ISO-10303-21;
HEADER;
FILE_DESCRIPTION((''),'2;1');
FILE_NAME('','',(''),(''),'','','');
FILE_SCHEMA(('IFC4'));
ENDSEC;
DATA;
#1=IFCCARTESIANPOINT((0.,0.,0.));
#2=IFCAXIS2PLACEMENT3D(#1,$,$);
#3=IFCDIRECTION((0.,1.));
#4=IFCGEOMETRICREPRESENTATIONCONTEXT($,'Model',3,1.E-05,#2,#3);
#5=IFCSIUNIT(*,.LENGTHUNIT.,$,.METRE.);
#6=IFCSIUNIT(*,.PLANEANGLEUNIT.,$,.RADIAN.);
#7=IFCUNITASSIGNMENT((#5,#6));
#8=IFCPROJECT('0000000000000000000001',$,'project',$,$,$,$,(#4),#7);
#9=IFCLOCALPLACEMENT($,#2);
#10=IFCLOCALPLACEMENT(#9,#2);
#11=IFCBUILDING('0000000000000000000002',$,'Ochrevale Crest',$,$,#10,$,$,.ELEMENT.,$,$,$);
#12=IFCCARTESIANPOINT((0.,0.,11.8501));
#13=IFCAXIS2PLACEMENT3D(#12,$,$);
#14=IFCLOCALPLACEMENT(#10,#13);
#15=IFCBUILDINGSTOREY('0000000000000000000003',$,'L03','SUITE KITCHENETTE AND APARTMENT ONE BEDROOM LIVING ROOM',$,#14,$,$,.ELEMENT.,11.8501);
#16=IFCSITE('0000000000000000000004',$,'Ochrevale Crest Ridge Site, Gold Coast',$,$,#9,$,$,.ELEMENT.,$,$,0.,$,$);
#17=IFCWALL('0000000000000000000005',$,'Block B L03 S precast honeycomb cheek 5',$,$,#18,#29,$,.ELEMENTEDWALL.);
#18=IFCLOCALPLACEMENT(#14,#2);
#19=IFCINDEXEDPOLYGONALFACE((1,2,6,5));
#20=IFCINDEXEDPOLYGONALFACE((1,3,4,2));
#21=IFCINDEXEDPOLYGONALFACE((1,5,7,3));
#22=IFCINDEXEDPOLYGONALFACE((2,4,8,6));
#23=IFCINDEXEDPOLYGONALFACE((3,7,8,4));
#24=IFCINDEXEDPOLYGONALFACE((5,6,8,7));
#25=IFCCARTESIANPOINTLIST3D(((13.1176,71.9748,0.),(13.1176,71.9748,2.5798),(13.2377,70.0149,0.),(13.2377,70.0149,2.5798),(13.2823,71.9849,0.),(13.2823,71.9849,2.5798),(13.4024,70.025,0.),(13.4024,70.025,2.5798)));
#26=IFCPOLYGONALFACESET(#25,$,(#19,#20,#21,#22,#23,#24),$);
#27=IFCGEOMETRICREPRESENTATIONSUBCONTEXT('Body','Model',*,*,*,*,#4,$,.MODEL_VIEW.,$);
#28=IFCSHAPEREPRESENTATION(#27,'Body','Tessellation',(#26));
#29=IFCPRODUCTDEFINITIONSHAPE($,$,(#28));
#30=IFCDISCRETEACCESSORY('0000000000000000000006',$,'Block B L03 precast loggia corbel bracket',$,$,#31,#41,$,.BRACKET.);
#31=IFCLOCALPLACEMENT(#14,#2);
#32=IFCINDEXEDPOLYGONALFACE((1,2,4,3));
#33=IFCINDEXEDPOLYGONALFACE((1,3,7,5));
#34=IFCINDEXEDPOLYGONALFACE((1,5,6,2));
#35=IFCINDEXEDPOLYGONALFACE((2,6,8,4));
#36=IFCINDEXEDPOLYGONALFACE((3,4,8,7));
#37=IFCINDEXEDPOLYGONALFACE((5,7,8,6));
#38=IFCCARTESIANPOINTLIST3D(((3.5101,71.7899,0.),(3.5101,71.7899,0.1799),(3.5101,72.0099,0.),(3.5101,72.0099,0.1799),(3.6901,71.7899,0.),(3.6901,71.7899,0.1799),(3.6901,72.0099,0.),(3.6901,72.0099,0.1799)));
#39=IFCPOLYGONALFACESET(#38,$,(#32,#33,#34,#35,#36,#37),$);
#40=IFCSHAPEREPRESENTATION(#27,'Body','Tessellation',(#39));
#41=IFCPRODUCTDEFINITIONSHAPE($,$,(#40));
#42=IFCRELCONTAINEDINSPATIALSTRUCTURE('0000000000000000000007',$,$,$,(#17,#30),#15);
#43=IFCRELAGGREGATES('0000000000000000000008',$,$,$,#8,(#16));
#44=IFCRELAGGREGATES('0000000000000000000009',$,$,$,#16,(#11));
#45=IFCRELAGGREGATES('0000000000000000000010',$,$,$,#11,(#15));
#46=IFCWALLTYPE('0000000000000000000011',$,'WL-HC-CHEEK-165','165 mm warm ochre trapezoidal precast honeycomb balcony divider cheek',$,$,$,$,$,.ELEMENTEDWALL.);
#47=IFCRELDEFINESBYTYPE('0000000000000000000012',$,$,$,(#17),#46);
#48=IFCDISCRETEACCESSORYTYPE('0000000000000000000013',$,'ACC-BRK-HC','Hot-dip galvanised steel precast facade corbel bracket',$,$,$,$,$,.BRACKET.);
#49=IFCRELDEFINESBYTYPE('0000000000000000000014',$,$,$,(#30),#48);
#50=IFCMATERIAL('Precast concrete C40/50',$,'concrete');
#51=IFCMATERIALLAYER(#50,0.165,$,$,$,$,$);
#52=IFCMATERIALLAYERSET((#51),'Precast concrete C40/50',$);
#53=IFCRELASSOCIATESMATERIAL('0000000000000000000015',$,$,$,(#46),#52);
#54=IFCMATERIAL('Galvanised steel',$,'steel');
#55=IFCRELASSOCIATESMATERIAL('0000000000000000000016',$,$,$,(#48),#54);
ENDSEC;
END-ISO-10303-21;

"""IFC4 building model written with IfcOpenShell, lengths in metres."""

from ifc_helpers import new_model, si_unit, direction, frame, frame_2d, origin, origin_2d, place, context, subcontext, project, spatial, rectangle, extrude, material, layer, layer_set, type_object, element, save


model = new_model("IFC4")

# Units and contexts
model_context = context("Model", 3, precision=1e-05, world=origin(), true_north=direction((0.0, 1.0)))
body_context = subcontext(model_context, "Body", "Model", "MODEL_VIEW")
ifc_project = project(units=[si_unit("LENGTHUNIT", "METRE"), si_unit("PLANEANGLEUNIT", "RADIAN")], contexts=[model_context])

# Site, building, storey
site_placement = place(None, origin())
site = spatial("IfcSite", under=ifc_project, at=site_placement, Name="Ochrevale Crest Ridge Site, Gold Coast", CompositionType="ELEMENT", RefElevation=0.0)
building_placement = place(site_placement, origin())
building = spatial("IfcBuilding", under=site, at=building_placement, Name="Ochrevale Crest", CompositionType="ELEMENT")
storey_placement = place(building_placement, frame((0.0, 0.0, 11.8501)))
storey = spatial("IfcBuildingStorey", under=building, at=storey_placement, Name="L03", Description="SUITE KITCHENETTE AND APARTMENT ONE BEDROOM LIVING ROOM", CompositionType="ELEMENT", Elevation=11.8501)

# Shared definitions
ifc_material_1 = material(Name="Precast concrete C40/50", Category="concrete")

# Wall
ifc_layer_1 = layer(ifc_material_1, 0.165)
ifc_layer_set_1 = layer_set([ifc_layer_1], Name="Precast concrete C40/50")
wall_type = type_object("IfcWallType", Name="WL-HC-CHEEK-165", Description="165 mm warm ochre trapezoidal precast honeycomb balcony divider cheek", PredefinedType="ELEMENTEDWALL", material=ifc_layer_set_1)
for number, where, z_axis, x_axis, name in (
    (1, (13.2, 71.98, 0.0), (0.0, 0.0, 1.0), (0.061171, -0.998127, 0.0), "Block B L03 S precast honeycomb cheek 5"),
):
    element("IfcWall", number, at=place(storey_placement, frame(where, z_axis=z_axis, x_axis=x_axis)), inside=storey, type_object=wall_type, Name=name, PredefinedType="ELEMENTEDWALL", context=body_context, shape_type="SweptSolid", body=[
        extrude(rectangle(XDim=1.9636, YDim=0.165, at=frame_2d((0.9819, 0.0))), origin(), (0.0, 0.0, 1.0), 2.5798),
    ])

# Shared definitions
ifc_material_2 = material(Name="Galvanised steel", Category="steel")

# Discrete accessory
discrete_accessory_type = type_object("IfcDiscreteAccessoryType", Name="ACC-BRK-HC", Description="Hot-dip galvanised steel precast facade corbel bracket", PredefinedType="BRACKET", material=ifc_material_2)
discrete_accessory_placement = place(storey_placement, frame((3.6001, 71.8999, 0.0), z_axis=(0.0, 0.0, 1.0), x_axis=(1.0, 0.0, 0.0)))
element("IfcDiscreteAccessory", 2, at=discrete_accessory_placement, inside=storey, type_object=discrete_accessory_type, Name="Block B L03 precast loggia corbel bracket", PredefinedType="BRACKET", context=body_context, shape_type="SweptSolid", body=[
    extrude(rectangle(XDim=0.1799, YDim=0.22, at=origin_2d()), origin(), (0.0, 0.0, 1.0), 0.1799),
])

save(model, "model.ifc")
